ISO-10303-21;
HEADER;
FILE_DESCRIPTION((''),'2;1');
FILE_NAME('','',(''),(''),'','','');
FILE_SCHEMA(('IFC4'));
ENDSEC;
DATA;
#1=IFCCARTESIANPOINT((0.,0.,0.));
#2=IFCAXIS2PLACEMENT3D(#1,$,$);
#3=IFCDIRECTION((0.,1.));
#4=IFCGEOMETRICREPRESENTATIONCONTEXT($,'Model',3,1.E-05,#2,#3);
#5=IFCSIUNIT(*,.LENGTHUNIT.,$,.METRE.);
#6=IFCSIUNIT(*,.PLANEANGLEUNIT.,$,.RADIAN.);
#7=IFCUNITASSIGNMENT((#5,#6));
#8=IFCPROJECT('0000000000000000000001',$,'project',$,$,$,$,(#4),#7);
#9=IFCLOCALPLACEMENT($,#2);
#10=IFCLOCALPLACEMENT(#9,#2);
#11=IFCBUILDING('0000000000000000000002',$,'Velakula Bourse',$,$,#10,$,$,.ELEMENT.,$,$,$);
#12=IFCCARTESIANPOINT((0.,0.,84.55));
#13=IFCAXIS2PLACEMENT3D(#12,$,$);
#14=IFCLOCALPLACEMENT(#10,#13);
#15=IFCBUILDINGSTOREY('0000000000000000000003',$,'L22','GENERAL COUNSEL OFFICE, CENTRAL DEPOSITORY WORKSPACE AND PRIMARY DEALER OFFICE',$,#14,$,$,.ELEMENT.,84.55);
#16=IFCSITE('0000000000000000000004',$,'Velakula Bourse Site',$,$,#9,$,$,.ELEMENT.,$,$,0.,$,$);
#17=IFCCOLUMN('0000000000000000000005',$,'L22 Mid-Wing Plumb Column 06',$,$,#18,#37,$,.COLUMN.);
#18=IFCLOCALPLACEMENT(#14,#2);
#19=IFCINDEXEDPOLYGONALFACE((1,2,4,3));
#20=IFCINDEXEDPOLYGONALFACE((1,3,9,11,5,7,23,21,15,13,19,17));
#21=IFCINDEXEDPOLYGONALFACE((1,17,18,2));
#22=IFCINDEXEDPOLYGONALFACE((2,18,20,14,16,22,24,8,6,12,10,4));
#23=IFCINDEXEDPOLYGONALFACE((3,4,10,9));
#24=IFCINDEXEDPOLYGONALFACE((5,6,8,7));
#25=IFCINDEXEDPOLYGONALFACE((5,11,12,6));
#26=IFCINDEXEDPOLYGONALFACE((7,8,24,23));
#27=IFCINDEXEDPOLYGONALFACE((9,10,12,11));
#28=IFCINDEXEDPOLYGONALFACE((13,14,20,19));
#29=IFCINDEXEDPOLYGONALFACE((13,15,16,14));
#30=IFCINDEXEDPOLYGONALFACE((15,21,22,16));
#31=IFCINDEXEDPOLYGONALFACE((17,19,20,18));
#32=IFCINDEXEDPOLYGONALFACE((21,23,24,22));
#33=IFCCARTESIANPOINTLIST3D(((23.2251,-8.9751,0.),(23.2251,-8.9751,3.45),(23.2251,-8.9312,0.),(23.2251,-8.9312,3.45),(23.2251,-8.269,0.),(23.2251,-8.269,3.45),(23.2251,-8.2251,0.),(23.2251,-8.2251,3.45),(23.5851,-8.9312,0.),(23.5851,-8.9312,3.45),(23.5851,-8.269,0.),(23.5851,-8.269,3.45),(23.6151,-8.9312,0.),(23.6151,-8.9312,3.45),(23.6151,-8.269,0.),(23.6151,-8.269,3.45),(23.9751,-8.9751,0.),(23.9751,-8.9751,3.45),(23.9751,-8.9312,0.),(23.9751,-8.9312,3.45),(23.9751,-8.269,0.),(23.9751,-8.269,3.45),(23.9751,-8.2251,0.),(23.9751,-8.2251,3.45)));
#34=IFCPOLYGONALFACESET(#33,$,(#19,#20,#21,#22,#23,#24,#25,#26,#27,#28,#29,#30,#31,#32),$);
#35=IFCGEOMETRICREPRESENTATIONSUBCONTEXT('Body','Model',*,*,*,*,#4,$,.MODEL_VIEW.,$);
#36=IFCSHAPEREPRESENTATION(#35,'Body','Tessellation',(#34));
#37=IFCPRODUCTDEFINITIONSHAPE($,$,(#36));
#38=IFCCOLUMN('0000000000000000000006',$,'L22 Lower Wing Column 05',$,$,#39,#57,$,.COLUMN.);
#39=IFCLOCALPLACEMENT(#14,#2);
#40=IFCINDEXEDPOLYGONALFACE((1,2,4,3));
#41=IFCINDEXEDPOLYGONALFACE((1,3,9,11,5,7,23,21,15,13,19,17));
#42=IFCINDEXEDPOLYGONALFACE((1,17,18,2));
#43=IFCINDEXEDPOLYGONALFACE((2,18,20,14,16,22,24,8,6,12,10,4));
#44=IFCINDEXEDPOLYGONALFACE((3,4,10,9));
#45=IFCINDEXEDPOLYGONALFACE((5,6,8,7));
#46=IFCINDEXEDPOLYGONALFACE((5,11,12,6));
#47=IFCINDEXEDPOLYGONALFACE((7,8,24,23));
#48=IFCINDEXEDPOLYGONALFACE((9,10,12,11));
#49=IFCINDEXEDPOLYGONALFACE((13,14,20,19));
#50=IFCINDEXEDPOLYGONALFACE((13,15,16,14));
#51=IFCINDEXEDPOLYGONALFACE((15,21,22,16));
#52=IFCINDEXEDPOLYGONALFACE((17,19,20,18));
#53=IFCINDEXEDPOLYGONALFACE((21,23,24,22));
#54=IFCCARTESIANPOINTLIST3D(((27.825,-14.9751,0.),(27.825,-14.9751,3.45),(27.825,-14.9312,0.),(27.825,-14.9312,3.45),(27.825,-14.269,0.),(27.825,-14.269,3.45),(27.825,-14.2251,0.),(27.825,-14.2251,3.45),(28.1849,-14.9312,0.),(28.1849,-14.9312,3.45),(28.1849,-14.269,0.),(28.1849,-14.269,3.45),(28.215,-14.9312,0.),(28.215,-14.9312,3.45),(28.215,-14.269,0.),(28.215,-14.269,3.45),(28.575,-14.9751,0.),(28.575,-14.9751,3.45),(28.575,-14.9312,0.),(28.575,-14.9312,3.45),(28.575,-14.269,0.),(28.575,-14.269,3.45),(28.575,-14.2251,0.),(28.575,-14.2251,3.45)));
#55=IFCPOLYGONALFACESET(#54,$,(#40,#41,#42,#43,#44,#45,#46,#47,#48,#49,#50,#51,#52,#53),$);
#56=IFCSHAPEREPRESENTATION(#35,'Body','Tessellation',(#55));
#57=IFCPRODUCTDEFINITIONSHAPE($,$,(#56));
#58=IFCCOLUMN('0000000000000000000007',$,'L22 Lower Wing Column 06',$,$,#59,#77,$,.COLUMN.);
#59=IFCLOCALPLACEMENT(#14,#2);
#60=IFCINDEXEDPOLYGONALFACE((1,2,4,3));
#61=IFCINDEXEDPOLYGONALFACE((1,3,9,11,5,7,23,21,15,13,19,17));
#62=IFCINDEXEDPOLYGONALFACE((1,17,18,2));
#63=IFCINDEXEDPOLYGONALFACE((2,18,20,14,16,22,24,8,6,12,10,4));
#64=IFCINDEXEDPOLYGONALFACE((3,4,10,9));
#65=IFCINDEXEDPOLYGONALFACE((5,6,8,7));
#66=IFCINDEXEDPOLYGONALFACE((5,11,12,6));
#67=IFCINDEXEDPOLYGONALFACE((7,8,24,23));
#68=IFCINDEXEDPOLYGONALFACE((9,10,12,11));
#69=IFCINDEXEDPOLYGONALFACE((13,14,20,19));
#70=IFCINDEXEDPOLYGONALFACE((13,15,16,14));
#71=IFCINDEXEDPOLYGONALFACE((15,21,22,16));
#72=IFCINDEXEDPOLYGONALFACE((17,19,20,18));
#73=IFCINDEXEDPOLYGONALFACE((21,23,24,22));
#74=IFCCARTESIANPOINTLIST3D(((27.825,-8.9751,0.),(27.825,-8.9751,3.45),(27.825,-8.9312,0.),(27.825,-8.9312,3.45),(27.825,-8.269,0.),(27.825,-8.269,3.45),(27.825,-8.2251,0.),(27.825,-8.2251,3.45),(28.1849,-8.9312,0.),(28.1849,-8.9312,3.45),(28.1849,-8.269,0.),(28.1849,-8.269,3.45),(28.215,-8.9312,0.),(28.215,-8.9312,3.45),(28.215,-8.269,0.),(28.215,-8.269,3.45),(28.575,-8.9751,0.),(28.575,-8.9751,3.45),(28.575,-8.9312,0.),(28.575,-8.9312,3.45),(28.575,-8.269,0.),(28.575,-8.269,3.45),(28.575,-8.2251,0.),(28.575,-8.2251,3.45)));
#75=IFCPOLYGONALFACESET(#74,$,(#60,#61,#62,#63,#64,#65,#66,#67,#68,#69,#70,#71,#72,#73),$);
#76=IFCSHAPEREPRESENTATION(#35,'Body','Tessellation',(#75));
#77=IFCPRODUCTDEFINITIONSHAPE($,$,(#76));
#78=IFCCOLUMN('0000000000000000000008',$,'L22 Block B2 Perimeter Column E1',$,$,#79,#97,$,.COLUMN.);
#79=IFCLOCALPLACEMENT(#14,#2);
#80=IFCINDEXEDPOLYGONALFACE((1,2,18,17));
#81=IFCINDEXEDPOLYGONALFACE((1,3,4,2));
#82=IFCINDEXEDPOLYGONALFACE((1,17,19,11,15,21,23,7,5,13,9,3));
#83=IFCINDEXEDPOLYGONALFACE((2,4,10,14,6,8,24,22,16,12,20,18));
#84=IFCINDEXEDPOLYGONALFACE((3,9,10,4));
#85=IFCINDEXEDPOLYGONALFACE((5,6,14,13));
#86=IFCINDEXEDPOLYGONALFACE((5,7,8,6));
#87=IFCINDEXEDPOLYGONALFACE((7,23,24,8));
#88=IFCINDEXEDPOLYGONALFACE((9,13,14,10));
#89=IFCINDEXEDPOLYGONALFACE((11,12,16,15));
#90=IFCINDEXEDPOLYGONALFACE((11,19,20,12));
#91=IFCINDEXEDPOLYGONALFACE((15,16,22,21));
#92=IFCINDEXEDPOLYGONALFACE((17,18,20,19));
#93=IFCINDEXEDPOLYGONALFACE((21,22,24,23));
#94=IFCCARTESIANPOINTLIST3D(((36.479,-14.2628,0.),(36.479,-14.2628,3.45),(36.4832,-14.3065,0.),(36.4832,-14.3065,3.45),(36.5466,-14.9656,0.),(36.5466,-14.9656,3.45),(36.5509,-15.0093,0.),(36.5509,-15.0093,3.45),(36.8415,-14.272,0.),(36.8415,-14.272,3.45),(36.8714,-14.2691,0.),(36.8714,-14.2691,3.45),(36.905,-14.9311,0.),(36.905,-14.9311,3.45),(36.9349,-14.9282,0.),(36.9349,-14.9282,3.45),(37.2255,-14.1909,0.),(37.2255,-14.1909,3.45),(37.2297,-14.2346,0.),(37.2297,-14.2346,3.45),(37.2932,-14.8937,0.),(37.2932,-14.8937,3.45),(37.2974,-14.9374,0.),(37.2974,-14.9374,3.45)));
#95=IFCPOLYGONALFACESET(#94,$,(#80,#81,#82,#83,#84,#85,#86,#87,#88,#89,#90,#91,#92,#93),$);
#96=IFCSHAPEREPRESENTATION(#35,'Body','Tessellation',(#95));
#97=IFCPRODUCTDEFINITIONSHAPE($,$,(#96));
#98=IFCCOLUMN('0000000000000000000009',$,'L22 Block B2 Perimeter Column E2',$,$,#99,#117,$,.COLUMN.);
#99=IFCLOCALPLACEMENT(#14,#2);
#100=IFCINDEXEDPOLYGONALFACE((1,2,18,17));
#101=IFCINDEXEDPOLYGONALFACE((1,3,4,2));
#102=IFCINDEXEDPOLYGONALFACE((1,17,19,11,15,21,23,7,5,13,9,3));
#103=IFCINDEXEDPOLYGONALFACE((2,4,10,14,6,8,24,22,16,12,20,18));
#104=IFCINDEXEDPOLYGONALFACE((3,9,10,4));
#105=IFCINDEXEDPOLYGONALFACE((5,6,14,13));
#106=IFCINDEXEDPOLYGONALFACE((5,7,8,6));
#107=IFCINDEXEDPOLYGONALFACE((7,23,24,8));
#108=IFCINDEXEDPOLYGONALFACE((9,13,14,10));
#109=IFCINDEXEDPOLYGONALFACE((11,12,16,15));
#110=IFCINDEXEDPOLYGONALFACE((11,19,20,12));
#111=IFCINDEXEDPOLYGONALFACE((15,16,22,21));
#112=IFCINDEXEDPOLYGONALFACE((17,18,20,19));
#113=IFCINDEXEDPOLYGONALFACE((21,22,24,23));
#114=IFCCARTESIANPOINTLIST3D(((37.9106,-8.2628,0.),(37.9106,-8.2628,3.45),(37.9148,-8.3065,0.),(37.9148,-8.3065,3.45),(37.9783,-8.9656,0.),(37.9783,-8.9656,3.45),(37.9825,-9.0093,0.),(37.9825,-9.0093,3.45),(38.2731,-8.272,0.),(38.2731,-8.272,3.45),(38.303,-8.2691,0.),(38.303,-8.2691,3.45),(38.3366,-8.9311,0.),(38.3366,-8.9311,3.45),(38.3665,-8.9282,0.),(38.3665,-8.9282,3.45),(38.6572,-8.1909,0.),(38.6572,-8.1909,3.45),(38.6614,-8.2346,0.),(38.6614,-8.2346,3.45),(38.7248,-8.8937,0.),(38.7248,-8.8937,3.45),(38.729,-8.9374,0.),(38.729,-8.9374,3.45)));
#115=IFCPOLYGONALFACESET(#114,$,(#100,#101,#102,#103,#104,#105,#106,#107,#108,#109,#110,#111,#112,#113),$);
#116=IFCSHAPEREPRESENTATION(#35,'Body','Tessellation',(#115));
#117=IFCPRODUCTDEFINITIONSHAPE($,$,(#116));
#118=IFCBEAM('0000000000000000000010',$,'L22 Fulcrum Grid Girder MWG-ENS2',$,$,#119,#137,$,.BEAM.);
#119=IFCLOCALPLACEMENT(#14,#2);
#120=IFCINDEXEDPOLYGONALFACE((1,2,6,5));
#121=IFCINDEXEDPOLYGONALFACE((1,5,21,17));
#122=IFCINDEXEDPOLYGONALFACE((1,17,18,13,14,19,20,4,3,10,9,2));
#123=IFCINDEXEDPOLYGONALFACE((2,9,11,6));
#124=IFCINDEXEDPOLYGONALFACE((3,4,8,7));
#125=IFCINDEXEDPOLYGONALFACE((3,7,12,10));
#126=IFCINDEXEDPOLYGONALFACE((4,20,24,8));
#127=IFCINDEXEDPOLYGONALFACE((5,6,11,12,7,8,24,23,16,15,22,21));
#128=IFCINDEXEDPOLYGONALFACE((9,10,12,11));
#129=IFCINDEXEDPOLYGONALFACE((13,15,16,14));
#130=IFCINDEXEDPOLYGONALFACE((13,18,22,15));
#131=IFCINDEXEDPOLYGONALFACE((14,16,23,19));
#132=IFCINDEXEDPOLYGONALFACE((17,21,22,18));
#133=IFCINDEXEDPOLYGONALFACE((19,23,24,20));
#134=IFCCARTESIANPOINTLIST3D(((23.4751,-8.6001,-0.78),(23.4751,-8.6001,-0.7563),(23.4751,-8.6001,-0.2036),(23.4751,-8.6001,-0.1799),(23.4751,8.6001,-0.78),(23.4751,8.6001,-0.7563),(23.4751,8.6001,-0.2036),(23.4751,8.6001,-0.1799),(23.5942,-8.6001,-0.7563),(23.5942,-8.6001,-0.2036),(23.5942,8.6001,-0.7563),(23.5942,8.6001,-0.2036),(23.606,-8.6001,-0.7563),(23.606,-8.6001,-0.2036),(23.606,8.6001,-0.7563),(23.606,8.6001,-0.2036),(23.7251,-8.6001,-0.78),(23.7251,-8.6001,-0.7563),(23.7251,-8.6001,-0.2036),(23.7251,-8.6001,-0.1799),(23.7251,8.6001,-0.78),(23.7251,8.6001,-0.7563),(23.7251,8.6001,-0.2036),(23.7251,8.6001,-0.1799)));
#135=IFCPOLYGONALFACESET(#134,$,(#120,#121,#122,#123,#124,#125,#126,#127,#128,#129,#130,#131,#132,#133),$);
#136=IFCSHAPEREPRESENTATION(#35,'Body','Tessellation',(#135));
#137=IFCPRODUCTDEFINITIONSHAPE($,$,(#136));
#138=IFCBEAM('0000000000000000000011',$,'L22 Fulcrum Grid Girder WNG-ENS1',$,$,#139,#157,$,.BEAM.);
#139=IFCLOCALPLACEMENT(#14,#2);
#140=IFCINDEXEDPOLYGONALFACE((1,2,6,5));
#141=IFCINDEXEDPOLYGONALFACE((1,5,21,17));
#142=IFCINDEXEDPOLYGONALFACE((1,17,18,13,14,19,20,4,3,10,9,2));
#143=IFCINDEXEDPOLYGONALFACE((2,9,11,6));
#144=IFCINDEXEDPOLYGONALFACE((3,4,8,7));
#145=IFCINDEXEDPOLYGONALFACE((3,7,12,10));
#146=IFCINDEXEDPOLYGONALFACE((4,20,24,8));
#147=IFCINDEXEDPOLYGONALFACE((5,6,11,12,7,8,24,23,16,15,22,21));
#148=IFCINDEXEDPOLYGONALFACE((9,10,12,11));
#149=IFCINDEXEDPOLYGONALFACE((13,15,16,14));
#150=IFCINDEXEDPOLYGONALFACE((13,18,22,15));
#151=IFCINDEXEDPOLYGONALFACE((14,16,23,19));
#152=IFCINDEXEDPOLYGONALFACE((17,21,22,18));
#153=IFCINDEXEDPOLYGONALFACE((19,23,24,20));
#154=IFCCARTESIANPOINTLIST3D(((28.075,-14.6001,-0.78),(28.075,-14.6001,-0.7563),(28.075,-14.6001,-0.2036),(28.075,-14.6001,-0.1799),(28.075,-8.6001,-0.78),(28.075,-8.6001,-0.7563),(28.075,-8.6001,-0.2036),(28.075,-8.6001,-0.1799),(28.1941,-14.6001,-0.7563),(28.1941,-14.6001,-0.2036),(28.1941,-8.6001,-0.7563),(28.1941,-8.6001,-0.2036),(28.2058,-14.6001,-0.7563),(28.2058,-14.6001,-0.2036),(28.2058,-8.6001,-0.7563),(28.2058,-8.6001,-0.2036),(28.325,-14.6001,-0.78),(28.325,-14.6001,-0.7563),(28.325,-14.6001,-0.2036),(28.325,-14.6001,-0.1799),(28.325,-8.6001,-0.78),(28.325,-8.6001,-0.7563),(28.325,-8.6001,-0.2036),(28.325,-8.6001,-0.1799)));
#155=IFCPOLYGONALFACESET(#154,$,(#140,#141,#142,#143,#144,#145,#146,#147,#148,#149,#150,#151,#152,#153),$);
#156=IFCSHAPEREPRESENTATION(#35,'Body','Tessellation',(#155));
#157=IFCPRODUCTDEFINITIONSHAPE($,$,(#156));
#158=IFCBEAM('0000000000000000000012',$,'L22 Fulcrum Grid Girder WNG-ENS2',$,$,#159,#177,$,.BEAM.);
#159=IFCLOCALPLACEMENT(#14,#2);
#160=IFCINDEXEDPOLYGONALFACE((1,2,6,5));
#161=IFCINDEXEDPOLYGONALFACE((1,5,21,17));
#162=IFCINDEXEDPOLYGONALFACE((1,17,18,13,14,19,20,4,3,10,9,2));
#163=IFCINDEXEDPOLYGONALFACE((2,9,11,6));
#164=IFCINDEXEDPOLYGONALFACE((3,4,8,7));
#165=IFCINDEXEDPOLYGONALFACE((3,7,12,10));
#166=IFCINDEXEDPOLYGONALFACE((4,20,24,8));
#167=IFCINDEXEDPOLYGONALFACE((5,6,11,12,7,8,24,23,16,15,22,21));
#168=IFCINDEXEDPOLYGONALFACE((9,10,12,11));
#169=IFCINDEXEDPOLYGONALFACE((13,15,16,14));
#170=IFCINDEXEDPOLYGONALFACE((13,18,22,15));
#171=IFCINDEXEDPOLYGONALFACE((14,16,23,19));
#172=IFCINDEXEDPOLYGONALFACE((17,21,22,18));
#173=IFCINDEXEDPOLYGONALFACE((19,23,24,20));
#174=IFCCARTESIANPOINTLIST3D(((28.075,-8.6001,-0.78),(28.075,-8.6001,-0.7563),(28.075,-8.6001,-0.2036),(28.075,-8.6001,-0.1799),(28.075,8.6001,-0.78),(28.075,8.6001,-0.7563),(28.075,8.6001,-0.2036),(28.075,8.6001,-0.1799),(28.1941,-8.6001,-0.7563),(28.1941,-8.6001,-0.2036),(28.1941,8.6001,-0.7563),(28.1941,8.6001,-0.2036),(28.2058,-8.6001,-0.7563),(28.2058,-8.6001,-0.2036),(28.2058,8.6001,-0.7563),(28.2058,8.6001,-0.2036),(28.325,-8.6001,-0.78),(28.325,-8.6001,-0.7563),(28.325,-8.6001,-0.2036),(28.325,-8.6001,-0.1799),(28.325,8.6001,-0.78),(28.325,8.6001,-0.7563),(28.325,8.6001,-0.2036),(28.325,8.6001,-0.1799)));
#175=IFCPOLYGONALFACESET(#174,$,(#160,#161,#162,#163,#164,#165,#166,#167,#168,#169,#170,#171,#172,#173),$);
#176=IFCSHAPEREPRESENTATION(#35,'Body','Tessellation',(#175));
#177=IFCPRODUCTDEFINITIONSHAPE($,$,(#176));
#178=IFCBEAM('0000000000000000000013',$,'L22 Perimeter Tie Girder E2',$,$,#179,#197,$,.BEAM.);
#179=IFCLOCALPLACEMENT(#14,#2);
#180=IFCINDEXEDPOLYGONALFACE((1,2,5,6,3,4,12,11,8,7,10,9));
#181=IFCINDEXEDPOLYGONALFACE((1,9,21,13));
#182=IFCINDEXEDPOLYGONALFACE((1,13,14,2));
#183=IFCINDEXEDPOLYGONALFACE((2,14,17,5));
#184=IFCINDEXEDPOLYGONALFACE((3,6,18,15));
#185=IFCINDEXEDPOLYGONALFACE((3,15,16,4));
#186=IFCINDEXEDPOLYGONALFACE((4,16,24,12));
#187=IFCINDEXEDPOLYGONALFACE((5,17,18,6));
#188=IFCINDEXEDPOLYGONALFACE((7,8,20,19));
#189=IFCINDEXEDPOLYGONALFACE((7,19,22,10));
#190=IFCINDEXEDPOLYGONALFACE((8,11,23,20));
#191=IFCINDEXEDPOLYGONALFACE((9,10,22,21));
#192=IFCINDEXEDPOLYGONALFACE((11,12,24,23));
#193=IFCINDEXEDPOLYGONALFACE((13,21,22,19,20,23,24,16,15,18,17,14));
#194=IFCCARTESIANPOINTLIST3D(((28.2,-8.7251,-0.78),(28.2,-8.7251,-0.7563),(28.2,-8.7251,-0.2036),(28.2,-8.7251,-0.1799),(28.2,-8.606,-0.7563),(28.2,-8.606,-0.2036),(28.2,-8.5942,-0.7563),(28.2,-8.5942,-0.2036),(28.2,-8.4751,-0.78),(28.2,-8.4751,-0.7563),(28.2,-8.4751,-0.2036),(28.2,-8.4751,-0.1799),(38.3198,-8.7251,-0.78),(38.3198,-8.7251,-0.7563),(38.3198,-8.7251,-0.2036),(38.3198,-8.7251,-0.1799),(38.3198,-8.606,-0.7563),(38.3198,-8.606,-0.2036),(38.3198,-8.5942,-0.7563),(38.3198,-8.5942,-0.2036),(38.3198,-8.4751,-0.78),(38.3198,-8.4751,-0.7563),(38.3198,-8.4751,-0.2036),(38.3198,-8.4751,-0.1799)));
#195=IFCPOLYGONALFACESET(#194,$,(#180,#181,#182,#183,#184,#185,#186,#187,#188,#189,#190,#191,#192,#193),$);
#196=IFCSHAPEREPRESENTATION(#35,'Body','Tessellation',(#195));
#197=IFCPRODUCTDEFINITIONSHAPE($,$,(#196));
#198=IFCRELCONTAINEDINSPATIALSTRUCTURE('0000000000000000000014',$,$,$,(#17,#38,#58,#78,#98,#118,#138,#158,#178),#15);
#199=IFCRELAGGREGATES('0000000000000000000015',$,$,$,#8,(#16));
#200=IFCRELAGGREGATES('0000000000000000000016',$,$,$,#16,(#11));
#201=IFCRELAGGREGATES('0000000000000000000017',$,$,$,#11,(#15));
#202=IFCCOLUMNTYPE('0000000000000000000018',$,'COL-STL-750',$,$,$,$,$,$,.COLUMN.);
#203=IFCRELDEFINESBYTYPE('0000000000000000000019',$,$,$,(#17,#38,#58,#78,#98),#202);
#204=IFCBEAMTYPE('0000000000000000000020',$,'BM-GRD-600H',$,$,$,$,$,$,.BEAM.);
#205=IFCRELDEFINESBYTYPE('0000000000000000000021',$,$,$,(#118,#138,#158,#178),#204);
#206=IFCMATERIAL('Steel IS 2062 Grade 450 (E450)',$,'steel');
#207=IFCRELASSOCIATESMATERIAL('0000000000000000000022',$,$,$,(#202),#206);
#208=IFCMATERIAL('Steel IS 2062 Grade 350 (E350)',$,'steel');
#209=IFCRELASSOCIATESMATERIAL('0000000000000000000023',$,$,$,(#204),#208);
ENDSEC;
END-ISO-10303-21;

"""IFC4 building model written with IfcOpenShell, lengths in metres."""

from ifc_helpers import new_model, si_unit, direction, frame, origin, origin_2d, place, context, subcontext, project, spatial, i_section, extrude, material, material_profile, profile_set, type_object, element, save


model = new_model("IFC4")

# Units and contexts
model_context = context("Model", 3, precision=1e-05, world=origin(), true_north=direction((0.0, 1.0)))
body_context = subcontext(model_context, "Body", "Model", "MODEL_VIEW")
ifc_project = project(units=[si_unit("LENGTHUNIT", "METRE"), si_unit("PLANEANGLEUNIT", "RADIAN")], contexts=[model_context])

# Site, building, storey
site_placement = place(None, origin())
site = spatial("IfcSite", under=ifc_project, at=site_placement, Name="Velakula Bourse Site", CompositionType="ELEMENT", RefElevation=0.0)
building_placement = place(site_placement, origin())
building = spatial("IfcBuilding", under=site, at=building_placement, Name="Velakula Bourse", CompositionType="ELEMENT")
storey_placement = place(building_placement, frame((0.0, 0.0, 84.55)))
storey = spatial("IfcBuildingStorey", under=building, at=storey_placement, Name="L22", Description="GENERAL COUNSEL OFFICE, CENTRAL DEPOSITORY WORKSPACE AND PRIMARY DEALER OFFICE", CompositionType="ELEMENT", Elevation=84.55)

# Columns
ifc_material_1 = material(Name="Steel IS 2062 Grade 450 (E450)", Category="steel")
ifc_material_profile_1 = material_profile(ifc_material_1, i_section(OverallWidth=0.75, OverallDepth=0.75, WebThickness=0.03, FlangeThickness=0.0439, at=origin_2d()), Name="Steel IS 2062 Grade 450 (E450)")
ifc_profile_set_1 = profile_set([ifc_material_profile_1], Name="Steel IS 2062 Grade 450 (E450)")
column_type = type_object("IfcColumnType", Name="COL-STL-750", PredefinedType="COLUMN", material=ifc_profile_set_1)
for number, where, z_axis, x_axis, name in (
    (1, (23.6001, -8.6001, 0.0), (0.0, 0.0, 1.0), (1.0, 0.0, 0.0), "L22 Mid-Wing Plumb Column 06"),
    (2, (28.2, -14.6001, 0.0), (0.0, 0.0, 1.0), (1.0, 0.0, 0.0), "L22 Lower Wing Column 05"),
    (3, (28.2, -8.6001, 0.0), (0.0, 0.0, 1.0), (1.0, 0.0, 0.0), "L22 Lower Wing Column 06"),
    (4, (36.8882, -14.6001, 0.0), (0.0, 0.0, 1.0), (0.995396, 0.095846, 0.0), "L22 Block B2 Perimeter Column E1"),
    (5, (38.3198, -8.6001, 0.0), (0.0, 0.0, 1.0), (0.995396, 0.095846, 0.0), "L22 Block B2 Perimeter Column E2"),
):
    element("IfcColumn", number, at=place(storey_placement, frame(where, z_axis=z_axis, x_axis=x_axis)), inside=storey, type_object=column_type, Name=name, PredefinedType="COLUMN", context=body_context, shape_type="SweptSolid", body=[
        extrude(i_section(OverallWidth=0.75, OverallDepth=0.75, WebThickness=0.03, FlangeThickness=0.0439, at=origin_2d()), origin(), (0.0, 0.0, 1.0), 3.45),
    ])

# Beams
ifc_material_2 = material(Name="Steel IS 2062 Grade 350 (E350)", Category="steel")
ifc_material_profile_2 = material_profile(ifc_material_2, i_section(OverallWidth=0.25, OverallDepth=0.6001, WebThickness=0.0117, FlangeThickness=0.0237, at=origin_2d()), Name="Steel IS 2062 Grade 350 (E350)")
ifc_profile_set_2 = profile_set([ifc_material_profile_2], Name="Steel IS 2062 Grade 350 (E350)")
beam_type_1 = type_object("IfcBeamType", Name="BM-GRD-600H", PredefinedType="BEAM", material=ifc_profile_set_2)
beam_1_placement = place(storey_placement, frame((23.6001, -8.6001, -0.48), z_axis=(0.0, 1.0, 0.0), x_axis=(-1.0, 0.0, 0.0)))
element("IfcBeam", 6, at=beam_1_placement, inside=storey, type_object=beam_type_1, Name="L22 Fulcrum Grid Girder MWG-ENS2", PredefinedType="BEAM", context=body_context, shape_type="SweptSolid", body=[
    extrude(i_section(OverallWidth=0.25, OverallDepth=0.6001, WebThickness=0.0117, FlangeThickness=0.0237, at=origin_2d()), origin(), (0.0, 0.0, 1.0), 17.2002),
])
beam_2_placement = place(storey_placement, frame((28.2, -14.6001, -0.48), z_axis=(0.0, 1.0, 0.0), x_axis=(-1.0, 0.0, 0.0)))
element("IfcBeam", 7, at=beam_2_placement, inside=storey, type_object=beam_type_1, Name="L22 Fulcrum Grid Girder WNG-ENS1", PredefinedType="BEAM", context=body_context, shape_type="SweptSolid", body=[
    extrude(i_section(OverallWidth=0.25, OverallDepth=0.6001, WebThickness=0.0117, FlangeThickness=0.0237, at=origin_2d()), origin(), (0.0, 0.0, 1.0), 6.0),
])
beam_3_placement = place(storey_placement, frame((28.2, -8.6001, -0.48), z_axis=(0.0, 1.0, 0.0), x_axis=(-1.0, 0.0, 0.0)))
element("IfcBeam", 8, at=beam_3_placement, inside=storey, type_object=beam_type_1, Name="L22 Fulcrum Grid Girder WNG-ENS2", PredefinedType="BEAM", context=body_context, shape_type="SweptSolid", body=[
    extrude(i_section(OverallWidth=0.25, OverallDepth=0.6001, WebThickness=0.0117, FlangeThickness=0.0237, at=origin_2d()), origin(), (0.0, 0.0, 1.0), 17.2002),
])
beam_4_placement = place(storey_placement, frame((28.2, -8.6001, -0.48), z_axis=(1.0, 0.0, 0.0), x_axis=(0.0, 1.0, 0.0)))
element("IfcBeam", 9, at=beam_4_placement, inside=storey, type_object=beam_type_1, Name="L22 Perimeter Tie Girder E2", PredefinedType="BEAM", context=body_context, shape_type="SweptSolid", body=[
    extrude(i_section(OverallWidth=0.25, OverallDepth=0.6001, WebThickness=0.0117, FlangeThickness=0.0237, at=origin_2d()), origin(), (0.0, 0.0, 1.0), 10.1199),
])

save(model, "model.ifc")
